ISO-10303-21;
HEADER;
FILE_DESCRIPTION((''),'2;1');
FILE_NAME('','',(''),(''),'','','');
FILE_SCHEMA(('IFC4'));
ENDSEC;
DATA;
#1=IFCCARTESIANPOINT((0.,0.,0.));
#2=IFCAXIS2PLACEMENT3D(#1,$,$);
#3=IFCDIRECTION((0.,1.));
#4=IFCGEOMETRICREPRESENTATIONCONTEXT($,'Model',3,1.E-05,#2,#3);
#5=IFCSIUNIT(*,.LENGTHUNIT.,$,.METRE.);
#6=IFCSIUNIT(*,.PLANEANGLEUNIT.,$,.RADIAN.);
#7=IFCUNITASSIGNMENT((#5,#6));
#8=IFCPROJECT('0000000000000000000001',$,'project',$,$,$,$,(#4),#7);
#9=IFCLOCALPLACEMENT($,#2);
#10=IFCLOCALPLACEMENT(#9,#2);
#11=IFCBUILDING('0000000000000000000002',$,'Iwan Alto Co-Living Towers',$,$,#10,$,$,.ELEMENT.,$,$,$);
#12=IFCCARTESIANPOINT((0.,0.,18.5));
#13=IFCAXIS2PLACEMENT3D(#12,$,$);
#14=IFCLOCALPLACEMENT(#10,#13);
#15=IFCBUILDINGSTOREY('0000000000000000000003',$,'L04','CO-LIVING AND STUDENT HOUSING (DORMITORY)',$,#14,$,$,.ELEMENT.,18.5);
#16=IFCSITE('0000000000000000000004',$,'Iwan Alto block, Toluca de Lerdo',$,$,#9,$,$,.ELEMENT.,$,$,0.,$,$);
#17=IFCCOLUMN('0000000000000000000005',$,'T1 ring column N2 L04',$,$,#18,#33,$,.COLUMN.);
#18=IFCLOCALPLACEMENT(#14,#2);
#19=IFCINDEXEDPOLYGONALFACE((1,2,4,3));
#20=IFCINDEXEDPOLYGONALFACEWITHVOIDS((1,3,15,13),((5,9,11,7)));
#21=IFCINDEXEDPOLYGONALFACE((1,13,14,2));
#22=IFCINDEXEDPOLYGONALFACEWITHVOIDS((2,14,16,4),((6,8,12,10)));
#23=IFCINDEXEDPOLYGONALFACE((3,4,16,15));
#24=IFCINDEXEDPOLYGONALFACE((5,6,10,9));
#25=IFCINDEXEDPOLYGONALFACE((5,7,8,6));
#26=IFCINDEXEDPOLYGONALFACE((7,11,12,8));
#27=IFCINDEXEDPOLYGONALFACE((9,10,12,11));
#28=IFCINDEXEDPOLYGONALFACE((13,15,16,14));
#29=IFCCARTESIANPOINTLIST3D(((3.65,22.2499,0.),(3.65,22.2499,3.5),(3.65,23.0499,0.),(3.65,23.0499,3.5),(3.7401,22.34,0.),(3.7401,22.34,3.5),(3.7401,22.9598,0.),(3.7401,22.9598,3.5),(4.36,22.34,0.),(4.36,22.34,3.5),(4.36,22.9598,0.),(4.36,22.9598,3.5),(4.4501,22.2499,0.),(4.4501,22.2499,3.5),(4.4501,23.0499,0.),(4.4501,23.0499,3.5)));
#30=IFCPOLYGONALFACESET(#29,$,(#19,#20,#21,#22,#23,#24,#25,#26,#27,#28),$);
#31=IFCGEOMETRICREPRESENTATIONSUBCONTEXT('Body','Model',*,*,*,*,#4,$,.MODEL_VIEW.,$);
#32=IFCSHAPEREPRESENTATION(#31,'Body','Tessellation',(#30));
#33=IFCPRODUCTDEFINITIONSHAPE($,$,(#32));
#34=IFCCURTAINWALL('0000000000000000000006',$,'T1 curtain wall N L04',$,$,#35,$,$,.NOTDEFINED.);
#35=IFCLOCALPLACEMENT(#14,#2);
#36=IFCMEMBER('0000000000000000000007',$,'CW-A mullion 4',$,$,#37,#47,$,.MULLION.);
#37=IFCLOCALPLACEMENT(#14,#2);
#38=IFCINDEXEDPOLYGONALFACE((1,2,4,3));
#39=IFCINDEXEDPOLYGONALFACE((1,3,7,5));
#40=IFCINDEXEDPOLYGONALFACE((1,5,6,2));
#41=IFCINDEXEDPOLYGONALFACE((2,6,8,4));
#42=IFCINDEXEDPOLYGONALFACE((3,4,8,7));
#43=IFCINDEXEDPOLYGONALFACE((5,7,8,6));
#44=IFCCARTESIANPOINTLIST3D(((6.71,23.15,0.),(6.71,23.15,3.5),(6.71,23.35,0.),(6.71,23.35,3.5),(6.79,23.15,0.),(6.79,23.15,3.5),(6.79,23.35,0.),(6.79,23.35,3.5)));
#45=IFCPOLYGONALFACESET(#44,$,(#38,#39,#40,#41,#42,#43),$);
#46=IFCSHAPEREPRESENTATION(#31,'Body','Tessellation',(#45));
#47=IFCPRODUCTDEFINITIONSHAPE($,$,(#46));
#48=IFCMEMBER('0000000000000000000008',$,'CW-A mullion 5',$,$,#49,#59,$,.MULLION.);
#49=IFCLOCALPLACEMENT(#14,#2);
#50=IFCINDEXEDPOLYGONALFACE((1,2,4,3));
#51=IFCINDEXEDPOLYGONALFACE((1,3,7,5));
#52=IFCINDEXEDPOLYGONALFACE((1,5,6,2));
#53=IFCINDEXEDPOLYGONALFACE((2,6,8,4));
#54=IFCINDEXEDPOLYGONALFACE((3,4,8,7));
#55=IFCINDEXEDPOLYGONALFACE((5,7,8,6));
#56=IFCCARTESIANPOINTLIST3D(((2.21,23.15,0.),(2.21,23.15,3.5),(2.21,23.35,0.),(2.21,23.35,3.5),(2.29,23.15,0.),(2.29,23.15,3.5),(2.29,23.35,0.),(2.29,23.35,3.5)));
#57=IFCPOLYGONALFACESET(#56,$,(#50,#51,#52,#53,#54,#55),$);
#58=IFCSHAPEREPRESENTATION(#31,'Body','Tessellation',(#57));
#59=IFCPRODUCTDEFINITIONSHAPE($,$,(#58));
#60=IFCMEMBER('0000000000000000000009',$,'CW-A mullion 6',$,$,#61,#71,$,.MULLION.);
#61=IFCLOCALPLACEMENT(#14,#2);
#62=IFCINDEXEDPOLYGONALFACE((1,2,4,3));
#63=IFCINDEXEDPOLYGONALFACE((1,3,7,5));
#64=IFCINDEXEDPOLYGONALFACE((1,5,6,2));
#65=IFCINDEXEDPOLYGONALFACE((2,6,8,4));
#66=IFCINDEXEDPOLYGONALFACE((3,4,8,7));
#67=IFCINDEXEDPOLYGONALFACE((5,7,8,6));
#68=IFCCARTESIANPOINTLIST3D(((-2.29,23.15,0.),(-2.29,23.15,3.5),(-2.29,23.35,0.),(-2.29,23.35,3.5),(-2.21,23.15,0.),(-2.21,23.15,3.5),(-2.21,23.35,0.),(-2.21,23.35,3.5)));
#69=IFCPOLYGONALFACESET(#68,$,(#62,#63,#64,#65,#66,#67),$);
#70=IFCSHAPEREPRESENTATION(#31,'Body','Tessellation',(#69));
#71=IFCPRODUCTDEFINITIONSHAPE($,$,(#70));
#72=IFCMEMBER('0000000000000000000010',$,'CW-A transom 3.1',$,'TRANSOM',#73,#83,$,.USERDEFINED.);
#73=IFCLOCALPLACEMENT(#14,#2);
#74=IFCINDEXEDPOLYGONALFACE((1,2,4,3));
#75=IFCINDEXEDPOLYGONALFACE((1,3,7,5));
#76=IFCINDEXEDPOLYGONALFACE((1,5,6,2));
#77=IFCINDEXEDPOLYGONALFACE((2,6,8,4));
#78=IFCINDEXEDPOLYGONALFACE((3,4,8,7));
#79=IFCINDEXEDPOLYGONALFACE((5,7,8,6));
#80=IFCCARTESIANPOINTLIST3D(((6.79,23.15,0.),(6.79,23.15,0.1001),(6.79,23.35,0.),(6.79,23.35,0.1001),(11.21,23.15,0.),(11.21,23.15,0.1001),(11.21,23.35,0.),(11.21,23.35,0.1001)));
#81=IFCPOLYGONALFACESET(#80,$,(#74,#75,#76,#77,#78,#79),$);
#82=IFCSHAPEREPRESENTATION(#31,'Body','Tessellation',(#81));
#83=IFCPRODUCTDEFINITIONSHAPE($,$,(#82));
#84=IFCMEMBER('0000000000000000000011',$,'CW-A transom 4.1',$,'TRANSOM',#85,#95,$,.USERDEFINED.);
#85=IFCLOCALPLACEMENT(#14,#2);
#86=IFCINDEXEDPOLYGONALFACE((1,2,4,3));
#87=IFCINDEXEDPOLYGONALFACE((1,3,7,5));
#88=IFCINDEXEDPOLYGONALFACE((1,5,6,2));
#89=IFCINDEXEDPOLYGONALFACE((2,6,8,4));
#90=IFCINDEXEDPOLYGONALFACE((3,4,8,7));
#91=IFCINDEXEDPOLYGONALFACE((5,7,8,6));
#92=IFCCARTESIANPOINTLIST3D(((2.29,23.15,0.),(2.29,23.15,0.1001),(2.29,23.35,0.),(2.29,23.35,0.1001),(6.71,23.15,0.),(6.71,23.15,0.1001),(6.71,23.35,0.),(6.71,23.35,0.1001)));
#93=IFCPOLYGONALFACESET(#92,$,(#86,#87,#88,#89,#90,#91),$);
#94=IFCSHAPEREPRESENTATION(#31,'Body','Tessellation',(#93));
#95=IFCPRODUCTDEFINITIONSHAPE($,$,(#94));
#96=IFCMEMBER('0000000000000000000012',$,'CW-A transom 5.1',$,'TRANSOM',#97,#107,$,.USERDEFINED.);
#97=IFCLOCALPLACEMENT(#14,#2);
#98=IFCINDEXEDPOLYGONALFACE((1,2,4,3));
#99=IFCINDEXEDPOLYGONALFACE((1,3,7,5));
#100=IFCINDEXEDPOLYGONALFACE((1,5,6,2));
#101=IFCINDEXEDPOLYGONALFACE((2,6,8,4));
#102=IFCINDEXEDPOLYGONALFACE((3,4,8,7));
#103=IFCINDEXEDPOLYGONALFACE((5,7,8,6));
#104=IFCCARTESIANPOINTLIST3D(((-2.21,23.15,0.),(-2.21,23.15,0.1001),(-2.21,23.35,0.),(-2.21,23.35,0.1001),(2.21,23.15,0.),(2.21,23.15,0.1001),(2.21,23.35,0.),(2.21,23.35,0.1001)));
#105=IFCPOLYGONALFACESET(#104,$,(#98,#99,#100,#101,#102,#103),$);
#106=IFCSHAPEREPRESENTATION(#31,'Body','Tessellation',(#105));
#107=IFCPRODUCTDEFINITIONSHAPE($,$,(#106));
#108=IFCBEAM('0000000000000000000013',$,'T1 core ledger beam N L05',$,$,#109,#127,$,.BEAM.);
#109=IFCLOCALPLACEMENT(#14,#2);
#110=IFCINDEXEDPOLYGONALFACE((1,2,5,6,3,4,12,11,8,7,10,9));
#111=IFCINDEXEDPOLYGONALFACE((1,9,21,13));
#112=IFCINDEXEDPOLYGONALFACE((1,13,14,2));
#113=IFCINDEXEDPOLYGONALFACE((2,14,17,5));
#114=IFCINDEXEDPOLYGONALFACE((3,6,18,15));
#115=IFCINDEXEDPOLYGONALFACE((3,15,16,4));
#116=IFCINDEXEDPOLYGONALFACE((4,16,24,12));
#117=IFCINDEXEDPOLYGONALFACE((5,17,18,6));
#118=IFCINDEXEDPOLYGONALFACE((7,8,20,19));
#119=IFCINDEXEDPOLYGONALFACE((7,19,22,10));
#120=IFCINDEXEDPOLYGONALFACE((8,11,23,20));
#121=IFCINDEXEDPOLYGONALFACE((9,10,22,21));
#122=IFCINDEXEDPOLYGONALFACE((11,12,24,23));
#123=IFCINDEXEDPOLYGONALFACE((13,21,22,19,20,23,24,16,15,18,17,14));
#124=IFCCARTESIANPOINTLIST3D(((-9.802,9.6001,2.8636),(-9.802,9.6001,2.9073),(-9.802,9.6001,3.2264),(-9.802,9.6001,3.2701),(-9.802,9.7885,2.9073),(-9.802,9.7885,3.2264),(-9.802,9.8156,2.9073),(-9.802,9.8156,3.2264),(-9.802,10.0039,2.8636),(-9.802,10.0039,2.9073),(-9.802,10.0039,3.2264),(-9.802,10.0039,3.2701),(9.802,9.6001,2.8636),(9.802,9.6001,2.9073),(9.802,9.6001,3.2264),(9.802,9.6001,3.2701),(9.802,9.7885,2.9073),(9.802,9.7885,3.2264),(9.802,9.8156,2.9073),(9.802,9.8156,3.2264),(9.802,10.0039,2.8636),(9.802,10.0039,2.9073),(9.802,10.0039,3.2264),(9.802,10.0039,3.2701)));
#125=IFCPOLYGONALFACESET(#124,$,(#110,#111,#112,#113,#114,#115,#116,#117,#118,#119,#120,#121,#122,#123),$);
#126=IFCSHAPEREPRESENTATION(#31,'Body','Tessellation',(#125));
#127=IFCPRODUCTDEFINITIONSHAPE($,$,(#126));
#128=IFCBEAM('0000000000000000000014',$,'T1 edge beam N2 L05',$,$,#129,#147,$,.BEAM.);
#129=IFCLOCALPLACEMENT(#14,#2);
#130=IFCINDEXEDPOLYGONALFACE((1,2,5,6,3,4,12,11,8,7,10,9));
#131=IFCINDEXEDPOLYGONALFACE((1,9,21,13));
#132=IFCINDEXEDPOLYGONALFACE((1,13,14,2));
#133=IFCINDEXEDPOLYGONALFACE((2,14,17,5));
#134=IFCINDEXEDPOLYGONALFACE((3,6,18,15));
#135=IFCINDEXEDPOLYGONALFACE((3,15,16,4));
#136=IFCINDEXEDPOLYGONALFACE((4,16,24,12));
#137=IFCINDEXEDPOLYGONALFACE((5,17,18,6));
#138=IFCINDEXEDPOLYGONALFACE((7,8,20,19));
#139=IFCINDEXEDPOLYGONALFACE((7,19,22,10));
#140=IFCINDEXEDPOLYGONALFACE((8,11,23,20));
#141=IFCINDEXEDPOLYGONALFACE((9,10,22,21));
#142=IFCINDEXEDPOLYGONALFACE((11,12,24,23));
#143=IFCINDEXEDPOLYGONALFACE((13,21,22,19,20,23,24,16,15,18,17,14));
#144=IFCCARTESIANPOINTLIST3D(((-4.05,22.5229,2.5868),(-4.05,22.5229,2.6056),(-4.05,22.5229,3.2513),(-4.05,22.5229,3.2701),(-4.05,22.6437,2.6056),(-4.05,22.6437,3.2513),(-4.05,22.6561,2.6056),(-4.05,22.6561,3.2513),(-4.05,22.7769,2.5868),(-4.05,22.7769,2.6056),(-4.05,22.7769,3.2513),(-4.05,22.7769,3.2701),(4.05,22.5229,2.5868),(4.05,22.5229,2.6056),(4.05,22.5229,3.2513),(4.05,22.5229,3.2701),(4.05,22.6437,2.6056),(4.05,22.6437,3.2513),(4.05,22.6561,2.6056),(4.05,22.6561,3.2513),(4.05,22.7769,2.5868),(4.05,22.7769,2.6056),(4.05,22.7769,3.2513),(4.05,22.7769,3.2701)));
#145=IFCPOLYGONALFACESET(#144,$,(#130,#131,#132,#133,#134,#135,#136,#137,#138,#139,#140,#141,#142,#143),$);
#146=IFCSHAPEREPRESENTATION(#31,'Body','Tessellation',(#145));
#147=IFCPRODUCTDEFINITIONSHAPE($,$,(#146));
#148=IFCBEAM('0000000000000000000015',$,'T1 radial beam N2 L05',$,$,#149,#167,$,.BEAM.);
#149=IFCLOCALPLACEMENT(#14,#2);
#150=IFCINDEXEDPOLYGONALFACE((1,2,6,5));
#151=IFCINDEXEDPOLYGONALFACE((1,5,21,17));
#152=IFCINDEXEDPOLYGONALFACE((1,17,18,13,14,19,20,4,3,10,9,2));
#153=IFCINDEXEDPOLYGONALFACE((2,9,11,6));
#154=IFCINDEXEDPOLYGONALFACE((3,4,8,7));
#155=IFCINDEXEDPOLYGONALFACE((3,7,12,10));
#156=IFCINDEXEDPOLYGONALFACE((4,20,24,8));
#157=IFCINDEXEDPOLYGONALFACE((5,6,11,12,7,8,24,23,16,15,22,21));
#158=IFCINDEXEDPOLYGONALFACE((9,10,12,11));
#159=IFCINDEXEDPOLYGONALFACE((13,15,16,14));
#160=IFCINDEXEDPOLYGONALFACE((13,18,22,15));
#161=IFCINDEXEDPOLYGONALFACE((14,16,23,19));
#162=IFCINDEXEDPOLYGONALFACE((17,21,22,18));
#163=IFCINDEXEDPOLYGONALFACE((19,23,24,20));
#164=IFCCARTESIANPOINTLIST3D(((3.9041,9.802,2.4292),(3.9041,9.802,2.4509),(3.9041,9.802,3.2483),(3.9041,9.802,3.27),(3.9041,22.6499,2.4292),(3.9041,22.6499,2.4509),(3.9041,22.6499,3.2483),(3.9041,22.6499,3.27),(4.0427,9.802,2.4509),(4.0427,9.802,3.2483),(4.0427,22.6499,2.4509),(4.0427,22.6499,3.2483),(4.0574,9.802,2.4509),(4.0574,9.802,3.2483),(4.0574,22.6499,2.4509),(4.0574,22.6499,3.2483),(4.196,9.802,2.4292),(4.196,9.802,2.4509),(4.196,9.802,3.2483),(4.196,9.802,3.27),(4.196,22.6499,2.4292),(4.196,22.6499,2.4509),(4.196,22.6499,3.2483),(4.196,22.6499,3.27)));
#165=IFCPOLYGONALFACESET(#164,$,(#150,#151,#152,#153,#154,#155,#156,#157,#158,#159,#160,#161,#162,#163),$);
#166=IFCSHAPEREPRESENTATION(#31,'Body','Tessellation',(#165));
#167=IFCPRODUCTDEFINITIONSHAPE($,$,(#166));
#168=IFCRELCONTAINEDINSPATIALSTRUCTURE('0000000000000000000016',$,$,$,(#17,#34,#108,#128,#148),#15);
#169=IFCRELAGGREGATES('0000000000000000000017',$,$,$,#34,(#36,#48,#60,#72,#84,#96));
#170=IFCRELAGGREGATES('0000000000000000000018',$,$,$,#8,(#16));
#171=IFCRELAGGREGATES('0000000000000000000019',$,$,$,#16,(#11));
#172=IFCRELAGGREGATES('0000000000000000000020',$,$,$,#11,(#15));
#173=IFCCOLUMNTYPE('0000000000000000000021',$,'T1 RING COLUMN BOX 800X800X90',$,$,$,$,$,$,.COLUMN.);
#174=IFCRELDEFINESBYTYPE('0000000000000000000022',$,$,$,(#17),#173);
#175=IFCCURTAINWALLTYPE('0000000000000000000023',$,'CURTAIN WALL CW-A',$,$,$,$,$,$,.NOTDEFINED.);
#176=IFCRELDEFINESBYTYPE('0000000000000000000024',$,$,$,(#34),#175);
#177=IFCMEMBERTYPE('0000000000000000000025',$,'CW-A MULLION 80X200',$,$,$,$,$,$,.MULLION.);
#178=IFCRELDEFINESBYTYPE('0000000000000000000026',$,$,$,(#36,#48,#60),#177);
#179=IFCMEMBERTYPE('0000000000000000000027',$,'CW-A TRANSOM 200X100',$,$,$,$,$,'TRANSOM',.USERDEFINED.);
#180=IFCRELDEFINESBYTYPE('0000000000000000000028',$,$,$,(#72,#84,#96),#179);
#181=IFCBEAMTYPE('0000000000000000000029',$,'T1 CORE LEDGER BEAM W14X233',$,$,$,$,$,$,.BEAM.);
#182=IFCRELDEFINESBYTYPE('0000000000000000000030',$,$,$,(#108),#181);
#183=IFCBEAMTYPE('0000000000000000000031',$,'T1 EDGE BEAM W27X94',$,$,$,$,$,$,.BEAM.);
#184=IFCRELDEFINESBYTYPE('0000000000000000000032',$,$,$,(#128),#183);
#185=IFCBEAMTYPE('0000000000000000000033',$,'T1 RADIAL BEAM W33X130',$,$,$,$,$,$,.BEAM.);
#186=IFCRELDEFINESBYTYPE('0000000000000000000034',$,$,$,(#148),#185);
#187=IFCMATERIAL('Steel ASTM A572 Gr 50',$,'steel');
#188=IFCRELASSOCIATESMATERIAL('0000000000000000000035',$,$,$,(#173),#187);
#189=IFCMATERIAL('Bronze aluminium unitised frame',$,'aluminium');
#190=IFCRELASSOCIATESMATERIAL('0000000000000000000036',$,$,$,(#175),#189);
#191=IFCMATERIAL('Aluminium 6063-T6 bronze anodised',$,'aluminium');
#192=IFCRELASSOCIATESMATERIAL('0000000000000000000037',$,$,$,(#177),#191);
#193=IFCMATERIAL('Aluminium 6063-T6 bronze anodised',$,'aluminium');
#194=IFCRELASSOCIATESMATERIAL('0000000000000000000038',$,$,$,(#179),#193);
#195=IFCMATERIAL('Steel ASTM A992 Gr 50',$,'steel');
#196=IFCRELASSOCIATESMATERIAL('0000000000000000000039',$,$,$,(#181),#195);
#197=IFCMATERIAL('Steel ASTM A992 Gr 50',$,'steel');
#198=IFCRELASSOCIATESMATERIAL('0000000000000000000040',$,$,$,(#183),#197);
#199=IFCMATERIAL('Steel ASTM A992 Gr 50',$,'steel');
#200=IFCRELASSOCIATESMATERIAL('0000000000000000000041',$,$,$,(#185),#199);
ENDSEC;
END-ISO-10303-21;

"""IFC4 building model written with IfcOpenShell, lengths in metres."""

from ifc_helpers import new_model, si_unit, direction, frame, origin, origin_2d, place, context, subcontext, project, spatial, rectangle, hollow_rectangle, i_section, extrude, material, material_profile, profile_set, type_object, element, aggregate, save


model = new_model("IFC4")

# Units and contexts
model_context = context("Model", 3, precision=1e-05, world=origin(), true_north=direction((0.0, 1.0)))
body_context = subcontext(model_context, "Body", "Model", "MODEL_VIEW")
ifc_project = project(units=[si_unit("LENGTHUNIT", "METRE"), si_unit("PLANEANGLEUNIT", "RADIAN")], contexts=[model_context])

# Site, building, storey
site_placement = place(None, origin())
site = spatial("IfcSite", under=ifc_project, at=site_placement, Name="Iwan Alto block, Toluca de Lerdo", CompositionType="ELEMENT", RefElevation=0.0)
building_placement = place(site_placement, origin())
building = spatial("IfcBuilding", under=site, at=building_placement, Name="Iwan Alto Co-Living Towers", CompositionType="ELEMENT")
storey_placement = place(building_placement, frame((0.0, 0.0, 18.5)))
storey = spatial("IfcBuildingStorey", under=building, at=storey_placement, Name="L04", Description="CO-LIVING AND STUDENT HOUSING (DORMITORY)", CompositionType="ELEMENT", Elevation=18.5)

# Column
ifc_material_1 = material(Name="Steel ASTM A572 Gr 50", Category="steel")
ifc_material_profile_1 = material_profile(ifc_material_1, hollow_rectangle(XDim=0.8, YDim=0.8, WallThickness=0.0901, at=origin_2d()), Name="BOX 800X800X90")
ifc_profile_set_1 = profile_set([ifc_material_profile_1], Name="Steel ASTM A572 Gr 50")
column_type = type_object("IfcColumnType", Name="T1 RING COLUMN BOX 800X800X90", PredefinedType="COLUMN", material=ifc_profile_set_1)
column_placement = place(storey_placement, frame((4.05, 22.6499, 0.0), z_axis=(0.0, 0.0, 1.0), x_axis=(1.0, 0.0, 0.0)))
element("IfcColumn", 1, at=column_placement, inside=storey, type_object=column_type, Name="T1 ring column N2 L04", PredefinedType="COLUMN", context=body_context, shape_type="SweptSolid", body=[
    extrude(hollow_rectangle(XDim=0.8, YDim=0.8, WallThickness=0.0901, at=origin_2d()), origin(), (0.0, 0.0, 1.0), 3.5),
])

# Curtain wall, members
ifc_material_2 = material(Name="Bronze aluminium unitised frame", Category="aluminium")
curtain_wall_type = type_object("IfcCurtainWallType", Name="CURTAIN WALL CW-A", PredefinedType="NOTDEFINED", material=ifc_material_2)
curtain_wall_placement = place(storey_placement, origin())
curtain_wall = element("IfcCurtainWall", 2, at=curtain_wall_placement, inside=storey, type_object=curtain_wall_type, Name="T1 curtain wall N L04", PredefinedType="NOTDEFINED")
ifc_material_3 = material(Name="Aluminium 6063-T6 bronze anodised", Category="aluminium")
ifc_material_profile_2 = material_profile(ifc_material_3, rectangle(XDim=0.2, YDim=0.0801, at=origin_2d()), Name="AL 80X200")
ifc_profile_set_2 = profile_set([ifc_material_profile_2], Name="Aluminium 6063-T6 bronze anodised")
member_type_1 = type_object("IfcMemberType", Name="CW-A MULLION 80X200", PredefinedType="MULLION", material=ifc_profile_set_2)
member_1_placement = place(storey_placement, frame((6.75, 23.25, 0.0), z_axis=(0.0, 0.0, 1.0), x_axis=(0.0, -1.0, 0.0)))
member_1 = element("IfcMember", 3, at=member_1_placement, type_object=member_type_1, Name="CW-A mullion 4", PredefinedType="MULLION", context=body_context, shape_type="SweptSolid", body=[
    extrude(rectangle(XDim=0.2, YDim=0.0801, at=origin_2d()), origin(), (0.0, 0.0, 1.0), 3.5),
])
member_2_placement = place(storey_placement, frame((2.25, 23.25, 0.0), z_axis=(0.0, 0.0, 1.0), x_axis=(0.0, -1.0, 0.0)))
member_2 = element("IfcMember", 4, at=member_2_placement, type_object=member_type_1, Name="CW-A mullion 5", PredefinedType="MULLION", context=body_context, shape_type="SweptSolid", body=[
    extrude(rectangle(XDim=0.2, YDim=0.0801, at=origin_2d()), origin(), (0.0, 0.0, 1.0), 3.5),
])
member_3_placement = place(storey_placement, frame((-2.25, 23.25, 0.0), z_axis=(0.0, 0.0, 1.0), x_axis=(0.0, -1.0, 0.0)))
member_3 = element("IfcMember", 5, at=member_3_placement, type_object=member_type_1, Name="CW-A mullion 6", PredefinedType="MULLION", context=body_context, shape_type="SweptSolid", body=[
    extrude(rectangle(XDim=0.2, YDim=0.0801, at=origin_2d()), origin(), (0.0, 0.0, 1.0), 3.5),
])
ifc_material_4 = material(Name="Aluminium 6063-T6 bronze anodised", Category="aluminium")
ifc_material_profile_3 = material_profile(ifc_material_4, rectangle(XDim=0.2, YDim=0.1001, at=origin_2d()), Name="AL 200X100")
ifc_profile_set_3 = profile_set([ifc_material_profile_3], Name="Aluminium 6063-T6 bronze anodised")
member_type_2 = type_object("IfcMemberType", Name="CW-A TRANSOM 200X100", ElementType="TRANSOM", PredefinedType="USERDEFINED", material=ifc_profile_set_3)
member_4_placement = place(storey_placement, frame((11.21, 23.25, 0.05), z_axis=(-1.0, 0.0, 0.0), x_axis=(0.0, -1.0, 0.0)))
member_4 = element("IfcMember", 6, at=member_4_placement, type_object=member_type_2, Name="CW-A transom 3.1", ObjectType="TRANSOM", PredefinedType="USERDEFINED", context=body_context, shape_type="SweptSolid", body=[
    extrude(rectangle(XDim=0.2, YDim=0.1001, at=origin_2d()), origin(), (0.0, 0.0, 1.0), 4.4199),
])
member_5_placement = place(storey_placement, frame((6.71, 23.25, 0.05), z_axis=(-1.0, 0.0, 0.0), x_axis=(0.0, -1.0, 0.0)))
member_5 = element("IfcMember", 7, at=member_5_placement, type_object=member_type_2, Name="CW-A transom 4.1", ObjectType="TRANSOM", PredefinedType="USERDEFINED", context=body_context, shape_type="SweptSolid", body=[
    extrude(rectangle(XDim=0.2, YDim=0.1001, at=origin_2d()), origin(), (0.0, 0.0, 1.0), 4.4199),
])
member_6_placement = place(storey_placement, frame((2.21, 23.25, 0.05), z_axis=(-1.0, 0.0, 0.0), x_axis=(0.0, -1.0, 0.0)))
member_6 = element("IfcMember", 8, at=member_6_placement, type_object=member_type_2, Name="CW-A transom 5.1", ObjectType="TRANSOM", PredefinedType="USERDEFINED", context=body_context, shape_type="SweptSolid", body=[
    extrude(rectangle(XDim=0.2, YDim=0.1001, at=origin_2d()), origin(), (0.0, 0.0, 1.0), 4.4199),
])

# Beams
ifc_material_5 = material(Name="Steel ASTM A992 Gr 50", Category="steel")
ifc_material_profile_4 = material_profile(ifc_material_5, i_section(OverallWidth=0.4038, OverallDepth=0.4065, WebThickness=0.0271, FlangeThickness=0.0437, at=origin_2d()), Name="W14X233")
ifc_profile_set_4 = profile_set([ifc_material_profile_4], Name="Steel ASTM A992 Gr 50")
beam_type_1 = type_object("IfcBeamType", Name="T1 CORE LEDGER BEAM W14X233", PredefinedType="BEAM", material=ifc_profile_set_4)
beam_1_placement = place(storey_placement, frame((9.802, 9.802, 3.0669), z_axis=(-1.0, 0.0, 0.0), x_axis=(0.0, -1.0, 0.0)))
element("IfcBeam", 9, at=beam_1_placement, inside=storey, type_object=beam_type_1, Name="T1 core ledger beam N L05", PredefinedType="BEAM", context=body_context, shape_type="SweptSolid", body=[
    extrude(i_section(OverallWidth=0.4038, OverallDepth=0.4065, WebThickness=0.0271, FlangeThickness=0.0437, at=origin_2d()), origin(), (0.0, 0.0, 1.0), 19.604),
])
ifc_material_6 = material(Name="Steel ASTM A992 Gr 50", Category="steel")
ifc_material_profile_5 = material_profile(ifc_material_6, i_section(OverallWidth=0.2539, OverallDepth=0.6833, WebThickness=0.0125, FlangeThickness=0.0188, at=origin_2d()), Name="W27X94")
ifc_profile_set_5 = profile_set([ifc_material_profile_5], Name="Steel ASTM A992 Gr 50")
beam_type_2 = type_object("IfcBeamType", Name="T1 EDGE BEAM W27X94", PredefinedType="BEAM", material=ifc_profile_set_5)
beam_2_placement = place(storey_placement, frame((4.05, 22.6499, 2.9285), z_axis=(-1.0, 0.0, 0.0), x_axis=(0.0, -1.0, 0.0)))
element("IfcBeam", 10, at=beam_2_placement, inside=storey, type_object=beam_type_2, Name="T1 edge beam N2 L05", PredefinedType="BEAM", context=body_context, shape_type="SweptSolid", body=[
    extrude(i_section(OverallWidth=0.2539, OverallDepth=0.6833, WebThickness=0.0125, FlangeThickness=0.0188, at=origin_2d()), origin(), (0.0, 0.0, 1.0), 8.1001),
])
ifc_material_7 = material(Name="Steel ASTM A992 Gr 50", Category="steel")
ifc_material_profile_6 = material_profile(ifc_material_7, i_section(OverallWidth=0.292, OverallDepth=0.8408, WebThickness=0.0146, FlangeThickness=0.0217, at=origin_2d()), Name="W33X130")
ifc_profile_set_6 = profile_set([ifc_material_profile_6], Name="Steel ASTM A992 Gr 50")
beam_type_3 = type_object("IfcBeamType", Name="T1 RADIAL BEAM W33X130", PredefinedType="BEAM", material=ifc_profile_set_6)
beam_3_placement = place(storey_placement, frame((4.05, 22.6499, 2.8496), z_axis=(0.0, -1.0, 0.0), x_axis=(1.0, 0.0, 0.0)))
element("IfcBeam", 11, at=beam_3_placement, inside=storey, type_object=beam_type_3, Name="T1 radial beam N2 L05", PredefinedType="BEAM", context=body_context, shape_type="SweptSolid", body=[
    extrude(i_section(OverallWidth=0.292, OverallDepth=0.8408, WebThickness=0.0146, FlangeThickness=0.0217, at=origin_2d()), origin(), (0.0, 0.0, 1.0), 12.8479),
])

aggregate(curtain_wall, [member_1, member_2, member_3, member_4, member_5, member_6])

save(model, "model.ifc")
